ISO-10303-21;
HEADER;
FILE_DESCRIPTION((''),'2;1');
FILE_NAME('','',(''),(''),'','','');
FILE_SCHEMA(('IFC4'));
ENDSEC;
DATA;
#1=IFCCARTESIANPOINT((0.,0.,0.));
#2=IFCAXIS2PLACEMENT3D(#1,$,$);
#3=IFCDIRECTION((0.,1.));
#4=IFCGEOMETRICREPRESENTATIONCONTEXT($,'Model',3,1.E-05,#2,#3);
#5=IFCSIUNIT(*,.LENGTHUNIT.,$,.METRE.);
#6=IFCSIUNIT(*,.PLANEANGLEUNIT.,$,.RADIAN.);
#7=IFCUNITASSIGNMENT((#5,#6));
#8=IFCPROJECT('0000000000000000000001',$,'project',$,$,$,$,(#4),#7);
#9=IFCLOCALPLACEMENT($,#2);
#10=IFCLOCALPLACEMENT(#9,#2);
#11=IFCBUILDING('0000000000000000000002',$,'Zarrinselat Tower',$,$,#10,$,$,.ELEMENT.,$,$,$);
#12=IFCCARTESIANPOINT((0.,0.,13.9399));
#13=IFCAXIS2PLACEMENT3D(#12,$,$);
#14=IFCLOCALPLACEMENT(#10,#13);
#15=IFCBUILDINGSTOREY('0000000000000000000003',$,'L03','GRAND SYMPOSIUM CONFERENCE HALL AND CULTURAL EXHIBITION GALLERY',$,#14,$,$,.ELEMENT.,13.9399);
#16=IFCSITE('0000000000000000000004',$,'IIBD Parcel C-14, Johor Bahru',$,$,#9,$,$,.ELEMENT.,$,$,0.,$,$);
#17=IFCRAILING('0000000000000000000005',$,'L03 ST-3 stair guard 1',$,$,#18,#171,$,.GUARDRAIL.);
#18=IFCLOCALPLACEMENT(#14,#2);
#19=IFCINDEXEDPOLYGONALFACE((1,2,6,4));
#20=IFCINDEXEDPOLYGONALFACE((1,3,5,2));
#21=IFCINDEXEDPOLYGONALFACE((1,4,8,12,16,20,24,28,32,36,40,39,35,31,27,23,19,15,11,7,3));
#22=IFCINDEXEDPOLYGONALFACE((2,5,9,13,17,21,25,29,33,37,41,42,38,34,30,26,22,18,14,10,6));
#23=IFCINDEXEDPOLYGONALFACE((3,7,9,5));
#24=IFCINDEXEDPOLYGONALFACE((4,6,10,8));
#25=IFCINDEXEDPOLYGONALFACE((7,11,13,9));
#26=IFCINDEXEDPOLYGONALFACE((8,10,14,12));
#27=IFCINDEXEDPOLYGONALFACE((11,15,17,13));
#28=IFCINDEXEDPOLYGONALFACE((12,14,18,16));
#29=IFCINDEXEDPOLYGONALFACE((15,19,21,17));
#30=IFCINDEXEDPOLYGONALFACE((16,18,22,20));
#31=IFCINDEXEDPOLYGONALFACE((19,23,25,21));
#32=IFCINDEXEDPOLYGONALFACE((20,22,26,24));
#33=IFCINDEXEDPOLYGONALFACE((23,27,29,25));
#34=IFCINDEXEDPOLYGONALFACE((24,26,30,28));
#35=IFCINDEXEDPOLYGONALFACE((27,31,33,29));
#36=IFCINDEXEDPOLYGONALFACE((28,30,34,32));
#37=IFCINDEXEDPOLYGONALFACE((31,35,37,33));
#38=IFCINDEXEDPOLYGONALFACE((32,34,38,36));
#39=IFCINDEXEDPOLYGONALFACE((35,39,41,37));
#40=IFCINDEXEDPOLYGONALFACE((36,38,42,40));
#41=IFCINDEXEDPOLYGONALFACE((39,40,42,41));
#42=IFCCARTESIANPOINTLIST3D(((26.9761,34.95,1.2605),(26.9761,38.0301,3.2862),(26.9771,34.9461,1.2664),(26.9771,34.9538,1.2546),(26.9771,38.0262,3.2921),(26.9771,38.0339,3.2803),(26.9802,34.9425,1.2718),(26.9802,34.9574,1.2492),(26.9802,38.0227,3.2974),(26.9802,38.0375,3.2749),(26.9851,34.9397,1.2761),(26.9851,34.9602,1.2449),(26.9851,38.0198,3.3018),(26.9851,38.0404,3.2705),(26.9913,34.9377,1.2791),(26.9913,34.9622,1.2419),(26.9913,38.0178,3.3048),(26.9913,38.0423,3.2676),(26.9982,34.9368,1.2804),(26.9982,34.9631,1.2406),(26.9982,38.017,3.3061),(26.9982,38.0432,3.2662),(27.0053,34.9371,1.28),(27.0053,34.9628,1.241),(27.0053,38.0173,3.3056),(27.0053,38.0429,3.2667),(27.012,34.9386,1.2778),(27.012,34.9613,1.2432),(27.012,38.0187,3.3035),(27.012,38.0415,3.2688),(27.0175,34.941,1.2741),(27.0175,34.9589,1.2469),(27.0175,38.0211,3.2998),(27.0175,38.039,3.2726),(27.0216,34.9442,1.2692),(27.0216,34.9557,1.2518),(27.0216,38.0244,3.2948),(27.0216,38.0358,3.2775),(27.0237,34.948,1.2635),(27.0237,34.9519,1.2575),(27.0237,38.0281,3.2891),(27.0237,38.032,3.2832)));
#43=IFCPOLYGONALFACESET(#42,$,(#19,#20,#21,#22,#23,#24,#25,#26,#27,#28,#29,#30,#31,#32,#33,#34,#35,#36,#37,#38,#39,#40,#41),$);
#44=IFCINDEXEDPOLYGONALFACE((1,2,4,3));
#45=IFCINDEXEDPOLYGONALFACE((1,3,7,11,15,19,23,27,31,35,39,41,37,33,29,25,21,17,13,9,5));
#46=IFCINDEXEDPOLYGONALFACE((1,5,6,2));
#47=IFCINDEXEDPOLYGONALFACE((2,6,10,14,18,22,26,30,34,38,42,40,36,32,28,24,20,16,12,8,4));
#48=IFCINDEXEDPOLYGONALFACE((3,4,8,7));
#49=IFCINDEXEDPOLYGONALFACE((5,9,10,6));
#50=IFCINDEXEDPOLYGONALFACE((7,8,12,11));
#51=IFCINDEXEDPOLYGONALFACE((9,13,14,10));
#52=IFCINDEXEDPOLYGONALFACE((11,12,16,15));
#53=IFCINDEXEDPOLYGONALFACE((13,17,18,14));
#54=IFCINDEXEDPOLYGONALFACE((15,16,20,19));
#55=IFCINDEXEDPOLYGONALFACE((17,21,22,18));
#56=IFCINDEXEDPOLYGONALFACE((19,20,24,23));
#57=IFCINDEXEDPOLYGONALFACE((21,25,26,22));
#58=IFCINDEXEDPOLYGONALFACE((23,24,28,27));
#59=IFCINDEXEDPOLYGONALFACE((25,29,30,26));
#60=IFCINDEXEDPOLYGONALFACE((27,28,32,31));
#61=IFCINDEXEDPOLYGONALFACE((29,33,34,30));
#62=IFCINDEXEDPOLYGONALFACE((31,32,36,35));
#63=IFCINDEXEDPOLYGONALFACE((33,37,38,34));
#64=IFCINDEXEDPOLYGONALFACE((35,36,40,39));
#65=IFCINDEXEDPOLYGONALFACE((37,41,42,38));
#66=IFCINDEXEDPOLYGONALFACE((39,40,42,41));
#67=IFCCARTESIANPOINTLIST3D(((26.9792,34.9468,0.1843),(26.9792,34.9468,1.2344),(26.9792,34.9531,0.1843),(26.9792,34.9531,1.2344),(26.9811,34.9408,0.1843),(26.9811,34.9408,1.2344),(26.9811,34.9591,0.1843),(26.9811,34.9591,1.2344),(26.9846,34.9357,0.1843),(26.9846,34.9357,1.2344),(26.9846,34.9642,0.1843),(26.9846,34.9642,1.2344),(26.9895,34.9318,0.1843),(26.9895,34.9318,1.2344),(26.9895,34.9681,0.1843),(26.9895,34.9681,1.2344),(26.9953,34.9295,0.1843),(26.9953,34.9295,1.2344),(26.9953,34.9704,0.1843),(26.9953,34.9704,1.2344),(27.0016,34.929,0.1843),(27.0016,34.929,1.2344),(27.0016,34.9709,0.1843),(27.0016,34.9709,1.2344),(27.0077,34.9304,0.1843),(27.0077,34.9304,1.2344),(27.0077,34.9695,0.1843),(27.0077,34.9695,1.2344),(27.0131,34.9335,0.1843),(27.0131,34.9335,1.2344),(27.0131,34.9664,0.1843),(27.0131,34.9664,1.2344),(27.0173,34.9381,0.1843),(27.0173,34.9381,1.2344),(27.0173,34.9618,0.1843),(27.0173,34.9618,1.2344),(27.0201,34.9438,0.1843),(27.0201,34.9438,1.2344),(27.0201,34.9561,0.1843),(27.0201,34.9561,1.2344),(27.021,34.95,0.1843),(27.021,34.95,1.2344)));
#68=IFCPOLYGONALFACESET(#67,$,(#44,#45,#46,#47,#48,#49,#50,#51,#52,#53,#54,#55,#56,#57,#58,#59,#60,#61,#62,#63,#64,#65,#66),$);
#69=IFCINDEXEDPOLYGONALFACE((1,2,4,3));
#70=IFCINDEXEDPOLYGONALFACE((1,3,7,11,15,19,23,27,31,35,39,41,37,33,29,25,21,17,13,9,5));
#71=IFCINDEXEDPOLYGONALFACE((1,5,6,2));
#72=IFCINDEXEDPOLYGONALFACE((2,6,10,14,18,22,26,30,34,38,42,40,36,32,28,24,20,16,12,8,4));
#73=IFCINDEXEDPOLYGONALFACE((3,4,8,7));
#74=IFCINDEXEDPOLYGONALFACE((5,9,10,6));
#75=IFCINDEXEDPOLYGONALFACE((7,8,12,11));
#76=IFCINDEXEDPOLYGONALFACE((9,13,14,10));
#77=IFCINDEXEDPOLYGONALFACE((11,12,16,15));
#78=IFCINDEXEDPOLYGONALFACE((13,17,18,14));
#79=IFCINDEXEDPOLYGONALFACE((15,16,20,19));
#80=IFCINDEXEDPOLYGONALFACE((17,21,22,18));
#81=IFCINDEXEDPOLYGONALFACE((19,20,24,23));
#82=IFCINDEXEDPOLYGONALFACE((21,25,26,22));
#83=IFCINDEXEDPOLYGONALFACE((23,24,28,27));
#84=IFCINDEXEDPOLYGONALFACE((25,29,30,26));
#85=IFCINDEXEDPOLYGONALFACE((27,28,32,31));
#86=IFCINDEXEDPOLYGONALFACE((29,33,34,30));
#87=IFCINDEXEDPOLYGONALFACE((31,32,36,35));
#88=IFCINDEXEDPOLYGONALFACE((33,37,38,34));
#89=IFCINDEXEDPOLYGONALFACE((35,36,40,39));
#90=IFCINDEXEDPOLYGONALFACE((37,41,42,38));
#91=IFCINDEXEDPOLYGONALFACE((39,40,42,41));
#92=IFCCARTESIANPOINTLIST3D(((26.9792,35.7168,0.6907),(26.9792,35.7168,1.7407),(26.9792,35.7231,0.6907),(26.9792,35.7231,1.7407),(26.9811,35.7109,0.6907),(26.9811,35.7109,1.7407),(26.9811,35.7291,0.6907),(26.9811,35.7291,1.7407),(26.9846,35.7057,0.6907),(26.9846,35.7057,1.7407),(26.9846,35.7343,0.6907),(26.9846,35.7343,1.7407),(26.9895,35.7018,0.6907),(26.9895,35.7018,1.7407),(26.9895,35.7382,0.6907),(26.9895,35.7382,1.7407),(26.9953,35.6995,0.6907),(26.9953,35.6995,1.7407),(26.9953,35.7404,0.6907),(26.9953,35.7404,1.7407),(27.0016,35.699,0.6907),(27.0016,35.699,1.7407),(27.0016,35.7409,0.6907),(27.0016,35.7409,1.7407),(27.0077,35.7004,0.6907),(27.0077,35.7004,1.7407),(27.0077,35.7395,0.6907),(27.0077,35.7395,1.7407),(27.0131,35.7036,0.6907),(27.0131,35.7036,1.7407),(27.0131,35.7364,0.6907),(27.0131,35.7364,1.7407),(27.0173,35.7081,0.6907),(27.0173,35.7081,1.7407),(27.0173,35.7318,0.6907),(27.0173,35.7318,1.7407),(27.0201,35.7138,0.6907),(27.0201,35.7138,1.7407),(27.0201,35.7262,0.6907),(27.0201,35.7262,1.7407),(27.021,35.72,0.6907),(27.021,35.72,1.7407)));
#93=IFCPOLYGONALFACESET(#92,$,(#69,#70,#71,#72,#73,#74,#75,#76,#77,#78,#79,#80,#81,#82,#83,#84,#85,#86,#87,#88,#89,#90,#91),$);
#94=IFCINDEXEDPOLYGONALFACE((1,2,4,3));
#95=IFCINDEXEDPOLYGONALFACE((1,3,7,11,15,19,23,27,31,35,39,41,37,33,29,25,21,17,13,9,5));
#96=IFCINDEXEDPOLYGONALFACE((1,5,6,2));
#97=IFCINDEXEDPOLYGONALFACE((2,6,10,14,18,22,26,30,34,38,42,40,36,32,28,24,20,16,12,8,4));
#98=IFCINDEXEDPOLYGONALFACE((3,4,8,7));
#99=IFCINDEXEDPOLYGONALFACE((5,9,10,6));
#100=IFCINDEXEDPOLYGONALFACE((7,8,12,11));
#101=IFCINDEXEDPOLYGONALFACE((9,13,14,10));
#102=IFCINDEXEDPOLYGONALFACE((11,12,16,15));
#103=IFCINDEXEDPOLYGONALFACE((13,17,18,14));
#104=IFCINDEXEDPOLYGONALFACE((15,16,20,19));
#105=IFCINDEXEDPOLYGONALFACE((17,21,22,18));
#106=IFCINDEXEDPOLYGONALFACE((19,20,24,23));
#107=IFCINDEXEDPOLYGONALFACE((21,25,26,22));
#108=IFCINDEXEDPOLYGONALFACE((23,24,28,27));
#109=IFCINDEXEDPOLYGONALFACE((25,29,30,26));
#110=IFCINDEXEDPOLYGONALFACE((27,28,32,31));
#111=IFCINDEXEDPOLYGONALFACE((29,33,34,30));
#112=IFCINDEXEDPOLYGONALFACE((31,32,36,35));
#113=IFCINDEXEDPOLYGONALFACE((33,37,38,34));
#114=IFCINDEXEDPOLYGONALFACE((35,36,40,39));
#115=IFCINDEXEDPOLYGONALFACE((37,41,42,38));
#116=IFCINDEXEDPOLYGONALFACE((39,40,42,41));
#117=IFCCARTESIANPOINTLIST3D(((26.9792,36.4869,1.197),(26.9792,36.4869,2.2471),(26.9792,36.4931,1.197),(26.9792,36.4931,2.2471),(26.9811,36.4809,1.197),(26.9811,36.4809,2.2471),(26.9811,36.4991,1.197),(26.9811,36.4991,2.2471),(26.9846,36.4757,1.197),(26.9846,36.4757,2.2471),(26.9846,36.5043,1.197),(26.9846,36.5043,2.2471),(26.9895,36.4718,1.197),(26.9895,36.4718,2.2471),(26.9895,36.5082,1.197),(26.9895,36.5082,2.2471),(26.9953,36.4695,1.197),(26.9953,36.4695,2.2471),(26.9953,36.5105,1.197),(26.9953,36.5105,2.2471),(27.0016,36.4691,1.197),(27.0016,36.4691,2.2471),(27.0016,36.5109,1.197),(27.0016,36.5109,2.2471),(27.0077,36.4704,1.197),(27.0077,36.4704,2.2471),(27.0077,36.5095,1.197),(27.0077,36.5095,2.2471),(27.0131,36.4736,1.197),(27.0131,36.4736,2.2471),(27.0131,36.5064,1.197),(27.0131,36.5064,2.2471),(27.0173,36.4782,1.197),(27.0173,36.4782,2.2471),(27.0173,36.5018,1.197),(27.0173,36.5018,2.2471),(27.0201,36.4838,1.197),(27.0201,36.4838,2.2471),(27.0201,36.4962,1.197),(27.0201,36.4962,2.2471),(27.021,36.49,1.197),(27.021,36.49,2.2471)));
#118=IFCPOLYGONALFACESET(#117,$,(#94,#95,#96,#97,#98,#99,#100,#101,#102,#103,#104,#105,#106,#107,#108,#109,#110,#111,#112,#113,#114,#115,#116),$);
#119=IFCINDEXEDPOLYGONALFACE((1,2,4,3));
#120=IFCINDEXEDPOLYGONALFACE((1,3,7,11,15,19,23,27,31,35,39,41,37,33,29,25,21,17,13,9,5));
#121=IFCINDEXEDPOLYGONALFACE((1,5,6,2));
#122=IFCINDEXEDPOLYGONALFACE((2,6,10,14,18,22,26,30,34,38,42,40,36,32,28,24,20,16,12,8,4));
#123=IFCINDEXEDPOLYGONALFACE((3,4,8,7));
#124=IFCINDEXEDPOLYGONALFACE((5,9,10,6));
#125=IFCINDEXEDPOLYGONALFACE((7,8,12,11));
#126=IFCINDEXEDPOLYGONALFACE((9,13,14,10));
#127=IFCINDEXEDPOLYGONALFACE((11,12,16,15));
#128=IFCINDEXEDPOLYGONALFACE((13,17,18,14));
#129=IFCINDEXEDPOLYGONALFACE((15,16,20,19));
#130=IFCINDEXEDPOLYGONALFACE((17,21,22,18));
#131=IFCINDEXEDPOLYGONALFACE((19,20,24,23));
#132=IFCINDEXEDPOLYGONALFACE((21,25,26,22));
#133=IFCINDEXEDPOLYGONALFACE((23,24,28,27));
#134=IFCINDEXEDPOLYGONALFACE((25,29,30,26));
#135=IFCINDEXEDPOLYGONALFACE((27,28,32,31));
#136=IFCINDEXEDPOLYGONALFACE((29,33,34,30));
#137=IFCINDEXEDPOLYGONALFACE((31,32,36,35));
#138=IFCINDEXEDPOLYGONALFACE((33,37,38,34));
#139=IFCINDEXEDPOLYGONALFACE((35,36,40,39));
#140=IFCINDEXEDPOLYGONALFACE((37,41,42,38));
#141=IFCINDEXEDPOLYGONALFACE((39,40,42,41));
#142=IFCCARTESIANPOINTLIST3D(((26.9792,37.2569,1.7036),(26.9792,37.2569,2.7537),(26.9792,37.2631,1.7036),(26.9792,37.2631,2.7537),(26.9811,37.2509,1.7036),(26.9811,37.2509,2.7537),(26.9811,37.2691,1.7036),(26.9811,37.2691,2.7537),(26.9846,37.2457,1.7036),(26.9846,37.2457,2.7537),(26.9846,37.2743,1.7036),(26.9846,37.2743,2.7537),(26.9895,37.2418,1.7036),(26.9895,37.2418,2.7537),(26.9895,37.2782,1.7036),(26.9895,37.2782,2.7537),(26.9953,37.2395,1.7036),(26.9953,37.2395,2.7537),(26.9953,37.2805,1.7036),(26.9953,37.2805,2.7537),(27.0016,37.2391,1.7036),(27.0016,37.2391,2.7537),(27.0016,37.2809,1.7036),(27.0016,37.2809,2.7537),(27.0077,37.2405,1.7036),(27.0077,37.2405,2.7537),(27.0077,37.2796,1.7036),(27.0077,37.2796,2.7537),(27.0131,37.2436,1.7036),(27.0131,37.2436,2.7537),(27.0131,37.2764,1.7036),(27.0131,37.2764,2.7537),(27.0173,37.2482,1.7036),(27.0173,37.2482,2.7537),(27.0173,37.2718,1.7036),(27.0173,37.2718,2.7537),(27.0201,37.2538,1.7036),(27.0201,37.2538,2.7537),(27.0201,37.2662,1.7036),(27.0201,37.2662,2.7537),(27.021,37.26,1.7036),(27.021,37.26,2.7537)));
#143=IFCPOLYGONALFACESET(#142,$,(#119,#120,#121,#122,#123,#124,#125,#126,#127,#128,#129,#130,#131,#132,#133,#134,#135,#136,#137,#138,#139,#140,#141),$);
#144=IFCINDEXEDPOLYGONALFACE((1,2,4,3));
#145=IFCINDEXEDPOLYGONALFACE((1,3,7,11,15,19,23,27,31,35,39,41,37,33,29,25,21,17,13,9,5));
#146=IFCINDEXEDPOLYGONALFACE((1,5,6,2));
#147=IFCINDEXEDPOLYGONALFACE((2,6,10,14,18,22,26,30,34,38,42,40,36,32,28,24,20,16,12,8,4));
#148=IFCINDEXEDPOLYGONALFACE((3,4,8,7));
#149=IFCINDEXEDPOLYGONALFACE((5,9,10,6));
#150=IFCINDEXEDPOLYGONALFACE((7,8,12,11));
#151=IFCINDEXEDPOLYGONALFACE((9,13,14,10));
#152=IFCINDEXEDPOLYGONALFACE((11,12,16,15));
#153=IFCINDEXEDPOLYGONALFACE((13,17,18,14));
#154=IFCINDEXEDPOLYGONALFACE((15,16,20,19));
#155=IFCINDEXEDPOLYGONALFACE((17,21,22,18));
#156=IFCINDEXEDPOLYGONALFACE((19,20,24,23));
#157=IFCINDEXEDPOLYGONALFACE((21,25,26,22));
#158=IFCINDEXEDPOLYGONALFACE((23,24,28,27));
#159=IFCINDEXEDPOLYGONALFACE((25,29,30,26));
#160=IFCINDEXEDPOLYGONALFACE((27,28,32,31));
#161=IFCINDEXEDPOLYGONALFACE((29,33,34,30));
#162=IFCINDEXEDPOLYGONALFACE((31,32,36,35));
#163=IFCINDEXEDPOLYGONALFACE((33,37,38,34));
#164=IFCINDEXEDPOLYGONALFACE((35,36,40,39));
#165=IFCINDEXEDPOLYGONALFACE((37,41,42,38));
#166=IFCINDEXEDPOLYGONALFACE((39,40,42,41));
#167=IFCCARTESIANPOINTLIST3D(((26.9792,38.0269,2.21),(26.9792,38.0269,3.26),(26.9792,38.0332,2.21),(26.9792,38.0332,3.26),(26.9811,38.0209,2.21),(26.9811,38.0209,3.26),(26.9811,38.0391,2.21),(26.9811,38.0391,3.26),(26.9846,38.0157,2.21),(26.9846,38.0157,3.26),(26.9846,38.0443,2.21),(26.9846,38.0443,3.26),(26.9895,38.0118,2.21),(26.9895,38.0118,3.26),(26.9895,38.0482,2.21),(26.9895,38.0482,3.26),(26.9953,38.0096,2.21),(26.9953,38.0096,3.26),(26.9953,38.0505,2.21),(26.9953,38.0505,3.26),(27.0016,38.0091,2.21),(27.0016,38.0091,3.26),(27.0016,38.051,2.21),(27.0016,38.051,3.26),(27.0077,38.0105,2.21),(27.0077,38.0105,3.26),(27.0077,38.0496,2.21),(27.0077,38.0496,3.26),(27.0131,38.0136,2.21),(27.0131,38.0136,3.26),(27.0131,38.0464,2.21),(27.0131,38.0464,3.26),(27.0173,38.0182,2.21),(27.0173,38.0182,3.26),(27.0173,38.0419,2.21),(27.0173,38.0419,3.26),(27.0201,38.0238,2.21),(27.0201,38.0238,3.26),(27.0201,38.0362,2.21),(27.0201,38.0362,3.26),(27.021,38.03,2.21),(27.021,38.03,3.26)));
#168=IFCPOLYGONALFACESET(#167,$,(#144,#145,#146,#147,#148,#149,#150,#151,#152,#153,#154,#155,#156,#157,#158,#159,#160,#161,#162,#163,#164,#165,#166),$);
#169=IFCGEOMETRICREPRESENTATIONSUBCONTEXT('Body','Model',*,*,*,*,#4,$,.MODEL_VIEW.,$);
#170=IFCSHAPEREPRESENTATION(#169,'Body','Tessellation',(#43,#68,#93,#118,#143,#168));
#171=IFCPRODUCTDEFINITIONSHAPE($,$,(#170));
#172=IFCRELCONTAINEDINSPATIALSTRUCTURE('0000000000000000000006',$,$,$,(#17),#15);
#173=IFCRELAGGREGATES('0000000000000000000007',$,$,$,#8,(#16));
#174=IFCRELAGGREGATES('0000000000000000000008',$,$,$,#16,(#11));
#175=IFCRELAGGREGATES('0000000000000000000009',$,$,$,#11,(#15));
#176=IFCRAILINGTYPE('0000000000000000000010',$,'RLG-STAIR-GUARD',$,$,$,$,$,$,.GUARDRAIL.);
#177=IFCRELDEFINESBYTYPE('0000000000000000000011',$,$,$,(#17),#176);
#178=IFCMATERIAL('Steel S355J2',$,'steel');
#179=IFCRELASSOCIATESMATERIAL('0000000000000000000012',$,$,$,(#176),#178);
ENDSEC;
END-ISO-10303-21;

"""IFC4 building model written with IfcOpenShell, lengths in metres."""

from ifc_helpers import new_model, si_unit, direction, frame, origin, origin_2d, place, context, subcontext, project, spatial, circle, extrude, material, type_object, element, save


model = new_model("IFC4")

# Units and contexts
model_context = context("Model", 3, precision=1e-05, world=origin(), true_north=direction((0.0, 1.0)))
body_context = subcontext(model_context, "Body", "Model", "MODEL_VIEW")
ifc_project = project(units=[si_unit("LENGTHUNIT", "METRE"), si_unit("PLANEANGLEUNIT", "RADIAN")], contexts=[model_context])

# Site, building, storey
site_placement = place(None, origin())
site = spatial("IfcSite", under=ifc_project, at=site_placement, Name="IIBD Parcel C-14, Johor Bahru", CompositionType="ELEMENT", RefElevation=0.0)
building_placement = place(site_placement, origin())
building = spatial("IfcBuilding", under=site, at=building_placement, Name="Zarrinselat Tower", CompositionType="ELEMENT")
storey_placement = place(building_placement, frame((0.0, 0.0, 13.9399)))
storey = spatial("IfcBuildingStorey", under=building, at=storey_placement, Name="L03", Description="GRAND SYMPOSIUM CONFERENCE HALL AND CULTURAL EXHIBITION GALLERY", CompositionType="ELEMENT", Elevation=13.9399)

# Railing
ifc_material_1 = material(Name="Steel S355J2", Category="steel")
railing_type_1 = type_object("IfcRailingType", Name="RLG-STAIR-GUARD", PredefinedType="GUARDRAIL", material=ifc_material_1)
railing_1_placement = place(storey_placement, frame((27.0, 34.95, 0.1843)))
element("IfcRailing", 1, at=railing_1_placement, inside=storey, type_object=railing_type_1, Name="L03 ST-3 stair guard 1", PredefinedType="GUARDRAIL", context=body_context, shape_type="SweptSolid", body=[
    extrude(circle(Radius=0.0239, at=origin_2d()), frame((0.0, 0.0, 1.0762), z_axis=(0.0, 0.835508, 0.549478), x_axis=(-1.0, 0.0, 0.0)), (0.0, 0.0, 1.0), 3.6865),
    extrude(circle(Radius=0.021, at=origin_2d()), origin(), (0.0, 0.0, 1.0), 1.05),
    extrude(circle(Radius=0.021, at=origin_2d()), frame((0.0, 0.77, 0.5063)), (0.0, 0.0, 1.0), 1.05),
    extrude(circle(Radius=0.021, at=origin_2d()), frame((0.0, 1.54, 1.0127)), (0.0, 0.0, 1.0), 1.05),
    extrude(circle(Radius=0.021, at=origin_2d()), frame((0.0, 2.3101, 1.5193)), (0.0, 0.0, 1.0), 1.05),
    extrude(circle(Radius=0.021, at=origin_2d()), frame((0.0, 3.0801, 2.0256)), (0.0, 0.0, 1.0), 1.05),
])

save(model, "model.ifc")
